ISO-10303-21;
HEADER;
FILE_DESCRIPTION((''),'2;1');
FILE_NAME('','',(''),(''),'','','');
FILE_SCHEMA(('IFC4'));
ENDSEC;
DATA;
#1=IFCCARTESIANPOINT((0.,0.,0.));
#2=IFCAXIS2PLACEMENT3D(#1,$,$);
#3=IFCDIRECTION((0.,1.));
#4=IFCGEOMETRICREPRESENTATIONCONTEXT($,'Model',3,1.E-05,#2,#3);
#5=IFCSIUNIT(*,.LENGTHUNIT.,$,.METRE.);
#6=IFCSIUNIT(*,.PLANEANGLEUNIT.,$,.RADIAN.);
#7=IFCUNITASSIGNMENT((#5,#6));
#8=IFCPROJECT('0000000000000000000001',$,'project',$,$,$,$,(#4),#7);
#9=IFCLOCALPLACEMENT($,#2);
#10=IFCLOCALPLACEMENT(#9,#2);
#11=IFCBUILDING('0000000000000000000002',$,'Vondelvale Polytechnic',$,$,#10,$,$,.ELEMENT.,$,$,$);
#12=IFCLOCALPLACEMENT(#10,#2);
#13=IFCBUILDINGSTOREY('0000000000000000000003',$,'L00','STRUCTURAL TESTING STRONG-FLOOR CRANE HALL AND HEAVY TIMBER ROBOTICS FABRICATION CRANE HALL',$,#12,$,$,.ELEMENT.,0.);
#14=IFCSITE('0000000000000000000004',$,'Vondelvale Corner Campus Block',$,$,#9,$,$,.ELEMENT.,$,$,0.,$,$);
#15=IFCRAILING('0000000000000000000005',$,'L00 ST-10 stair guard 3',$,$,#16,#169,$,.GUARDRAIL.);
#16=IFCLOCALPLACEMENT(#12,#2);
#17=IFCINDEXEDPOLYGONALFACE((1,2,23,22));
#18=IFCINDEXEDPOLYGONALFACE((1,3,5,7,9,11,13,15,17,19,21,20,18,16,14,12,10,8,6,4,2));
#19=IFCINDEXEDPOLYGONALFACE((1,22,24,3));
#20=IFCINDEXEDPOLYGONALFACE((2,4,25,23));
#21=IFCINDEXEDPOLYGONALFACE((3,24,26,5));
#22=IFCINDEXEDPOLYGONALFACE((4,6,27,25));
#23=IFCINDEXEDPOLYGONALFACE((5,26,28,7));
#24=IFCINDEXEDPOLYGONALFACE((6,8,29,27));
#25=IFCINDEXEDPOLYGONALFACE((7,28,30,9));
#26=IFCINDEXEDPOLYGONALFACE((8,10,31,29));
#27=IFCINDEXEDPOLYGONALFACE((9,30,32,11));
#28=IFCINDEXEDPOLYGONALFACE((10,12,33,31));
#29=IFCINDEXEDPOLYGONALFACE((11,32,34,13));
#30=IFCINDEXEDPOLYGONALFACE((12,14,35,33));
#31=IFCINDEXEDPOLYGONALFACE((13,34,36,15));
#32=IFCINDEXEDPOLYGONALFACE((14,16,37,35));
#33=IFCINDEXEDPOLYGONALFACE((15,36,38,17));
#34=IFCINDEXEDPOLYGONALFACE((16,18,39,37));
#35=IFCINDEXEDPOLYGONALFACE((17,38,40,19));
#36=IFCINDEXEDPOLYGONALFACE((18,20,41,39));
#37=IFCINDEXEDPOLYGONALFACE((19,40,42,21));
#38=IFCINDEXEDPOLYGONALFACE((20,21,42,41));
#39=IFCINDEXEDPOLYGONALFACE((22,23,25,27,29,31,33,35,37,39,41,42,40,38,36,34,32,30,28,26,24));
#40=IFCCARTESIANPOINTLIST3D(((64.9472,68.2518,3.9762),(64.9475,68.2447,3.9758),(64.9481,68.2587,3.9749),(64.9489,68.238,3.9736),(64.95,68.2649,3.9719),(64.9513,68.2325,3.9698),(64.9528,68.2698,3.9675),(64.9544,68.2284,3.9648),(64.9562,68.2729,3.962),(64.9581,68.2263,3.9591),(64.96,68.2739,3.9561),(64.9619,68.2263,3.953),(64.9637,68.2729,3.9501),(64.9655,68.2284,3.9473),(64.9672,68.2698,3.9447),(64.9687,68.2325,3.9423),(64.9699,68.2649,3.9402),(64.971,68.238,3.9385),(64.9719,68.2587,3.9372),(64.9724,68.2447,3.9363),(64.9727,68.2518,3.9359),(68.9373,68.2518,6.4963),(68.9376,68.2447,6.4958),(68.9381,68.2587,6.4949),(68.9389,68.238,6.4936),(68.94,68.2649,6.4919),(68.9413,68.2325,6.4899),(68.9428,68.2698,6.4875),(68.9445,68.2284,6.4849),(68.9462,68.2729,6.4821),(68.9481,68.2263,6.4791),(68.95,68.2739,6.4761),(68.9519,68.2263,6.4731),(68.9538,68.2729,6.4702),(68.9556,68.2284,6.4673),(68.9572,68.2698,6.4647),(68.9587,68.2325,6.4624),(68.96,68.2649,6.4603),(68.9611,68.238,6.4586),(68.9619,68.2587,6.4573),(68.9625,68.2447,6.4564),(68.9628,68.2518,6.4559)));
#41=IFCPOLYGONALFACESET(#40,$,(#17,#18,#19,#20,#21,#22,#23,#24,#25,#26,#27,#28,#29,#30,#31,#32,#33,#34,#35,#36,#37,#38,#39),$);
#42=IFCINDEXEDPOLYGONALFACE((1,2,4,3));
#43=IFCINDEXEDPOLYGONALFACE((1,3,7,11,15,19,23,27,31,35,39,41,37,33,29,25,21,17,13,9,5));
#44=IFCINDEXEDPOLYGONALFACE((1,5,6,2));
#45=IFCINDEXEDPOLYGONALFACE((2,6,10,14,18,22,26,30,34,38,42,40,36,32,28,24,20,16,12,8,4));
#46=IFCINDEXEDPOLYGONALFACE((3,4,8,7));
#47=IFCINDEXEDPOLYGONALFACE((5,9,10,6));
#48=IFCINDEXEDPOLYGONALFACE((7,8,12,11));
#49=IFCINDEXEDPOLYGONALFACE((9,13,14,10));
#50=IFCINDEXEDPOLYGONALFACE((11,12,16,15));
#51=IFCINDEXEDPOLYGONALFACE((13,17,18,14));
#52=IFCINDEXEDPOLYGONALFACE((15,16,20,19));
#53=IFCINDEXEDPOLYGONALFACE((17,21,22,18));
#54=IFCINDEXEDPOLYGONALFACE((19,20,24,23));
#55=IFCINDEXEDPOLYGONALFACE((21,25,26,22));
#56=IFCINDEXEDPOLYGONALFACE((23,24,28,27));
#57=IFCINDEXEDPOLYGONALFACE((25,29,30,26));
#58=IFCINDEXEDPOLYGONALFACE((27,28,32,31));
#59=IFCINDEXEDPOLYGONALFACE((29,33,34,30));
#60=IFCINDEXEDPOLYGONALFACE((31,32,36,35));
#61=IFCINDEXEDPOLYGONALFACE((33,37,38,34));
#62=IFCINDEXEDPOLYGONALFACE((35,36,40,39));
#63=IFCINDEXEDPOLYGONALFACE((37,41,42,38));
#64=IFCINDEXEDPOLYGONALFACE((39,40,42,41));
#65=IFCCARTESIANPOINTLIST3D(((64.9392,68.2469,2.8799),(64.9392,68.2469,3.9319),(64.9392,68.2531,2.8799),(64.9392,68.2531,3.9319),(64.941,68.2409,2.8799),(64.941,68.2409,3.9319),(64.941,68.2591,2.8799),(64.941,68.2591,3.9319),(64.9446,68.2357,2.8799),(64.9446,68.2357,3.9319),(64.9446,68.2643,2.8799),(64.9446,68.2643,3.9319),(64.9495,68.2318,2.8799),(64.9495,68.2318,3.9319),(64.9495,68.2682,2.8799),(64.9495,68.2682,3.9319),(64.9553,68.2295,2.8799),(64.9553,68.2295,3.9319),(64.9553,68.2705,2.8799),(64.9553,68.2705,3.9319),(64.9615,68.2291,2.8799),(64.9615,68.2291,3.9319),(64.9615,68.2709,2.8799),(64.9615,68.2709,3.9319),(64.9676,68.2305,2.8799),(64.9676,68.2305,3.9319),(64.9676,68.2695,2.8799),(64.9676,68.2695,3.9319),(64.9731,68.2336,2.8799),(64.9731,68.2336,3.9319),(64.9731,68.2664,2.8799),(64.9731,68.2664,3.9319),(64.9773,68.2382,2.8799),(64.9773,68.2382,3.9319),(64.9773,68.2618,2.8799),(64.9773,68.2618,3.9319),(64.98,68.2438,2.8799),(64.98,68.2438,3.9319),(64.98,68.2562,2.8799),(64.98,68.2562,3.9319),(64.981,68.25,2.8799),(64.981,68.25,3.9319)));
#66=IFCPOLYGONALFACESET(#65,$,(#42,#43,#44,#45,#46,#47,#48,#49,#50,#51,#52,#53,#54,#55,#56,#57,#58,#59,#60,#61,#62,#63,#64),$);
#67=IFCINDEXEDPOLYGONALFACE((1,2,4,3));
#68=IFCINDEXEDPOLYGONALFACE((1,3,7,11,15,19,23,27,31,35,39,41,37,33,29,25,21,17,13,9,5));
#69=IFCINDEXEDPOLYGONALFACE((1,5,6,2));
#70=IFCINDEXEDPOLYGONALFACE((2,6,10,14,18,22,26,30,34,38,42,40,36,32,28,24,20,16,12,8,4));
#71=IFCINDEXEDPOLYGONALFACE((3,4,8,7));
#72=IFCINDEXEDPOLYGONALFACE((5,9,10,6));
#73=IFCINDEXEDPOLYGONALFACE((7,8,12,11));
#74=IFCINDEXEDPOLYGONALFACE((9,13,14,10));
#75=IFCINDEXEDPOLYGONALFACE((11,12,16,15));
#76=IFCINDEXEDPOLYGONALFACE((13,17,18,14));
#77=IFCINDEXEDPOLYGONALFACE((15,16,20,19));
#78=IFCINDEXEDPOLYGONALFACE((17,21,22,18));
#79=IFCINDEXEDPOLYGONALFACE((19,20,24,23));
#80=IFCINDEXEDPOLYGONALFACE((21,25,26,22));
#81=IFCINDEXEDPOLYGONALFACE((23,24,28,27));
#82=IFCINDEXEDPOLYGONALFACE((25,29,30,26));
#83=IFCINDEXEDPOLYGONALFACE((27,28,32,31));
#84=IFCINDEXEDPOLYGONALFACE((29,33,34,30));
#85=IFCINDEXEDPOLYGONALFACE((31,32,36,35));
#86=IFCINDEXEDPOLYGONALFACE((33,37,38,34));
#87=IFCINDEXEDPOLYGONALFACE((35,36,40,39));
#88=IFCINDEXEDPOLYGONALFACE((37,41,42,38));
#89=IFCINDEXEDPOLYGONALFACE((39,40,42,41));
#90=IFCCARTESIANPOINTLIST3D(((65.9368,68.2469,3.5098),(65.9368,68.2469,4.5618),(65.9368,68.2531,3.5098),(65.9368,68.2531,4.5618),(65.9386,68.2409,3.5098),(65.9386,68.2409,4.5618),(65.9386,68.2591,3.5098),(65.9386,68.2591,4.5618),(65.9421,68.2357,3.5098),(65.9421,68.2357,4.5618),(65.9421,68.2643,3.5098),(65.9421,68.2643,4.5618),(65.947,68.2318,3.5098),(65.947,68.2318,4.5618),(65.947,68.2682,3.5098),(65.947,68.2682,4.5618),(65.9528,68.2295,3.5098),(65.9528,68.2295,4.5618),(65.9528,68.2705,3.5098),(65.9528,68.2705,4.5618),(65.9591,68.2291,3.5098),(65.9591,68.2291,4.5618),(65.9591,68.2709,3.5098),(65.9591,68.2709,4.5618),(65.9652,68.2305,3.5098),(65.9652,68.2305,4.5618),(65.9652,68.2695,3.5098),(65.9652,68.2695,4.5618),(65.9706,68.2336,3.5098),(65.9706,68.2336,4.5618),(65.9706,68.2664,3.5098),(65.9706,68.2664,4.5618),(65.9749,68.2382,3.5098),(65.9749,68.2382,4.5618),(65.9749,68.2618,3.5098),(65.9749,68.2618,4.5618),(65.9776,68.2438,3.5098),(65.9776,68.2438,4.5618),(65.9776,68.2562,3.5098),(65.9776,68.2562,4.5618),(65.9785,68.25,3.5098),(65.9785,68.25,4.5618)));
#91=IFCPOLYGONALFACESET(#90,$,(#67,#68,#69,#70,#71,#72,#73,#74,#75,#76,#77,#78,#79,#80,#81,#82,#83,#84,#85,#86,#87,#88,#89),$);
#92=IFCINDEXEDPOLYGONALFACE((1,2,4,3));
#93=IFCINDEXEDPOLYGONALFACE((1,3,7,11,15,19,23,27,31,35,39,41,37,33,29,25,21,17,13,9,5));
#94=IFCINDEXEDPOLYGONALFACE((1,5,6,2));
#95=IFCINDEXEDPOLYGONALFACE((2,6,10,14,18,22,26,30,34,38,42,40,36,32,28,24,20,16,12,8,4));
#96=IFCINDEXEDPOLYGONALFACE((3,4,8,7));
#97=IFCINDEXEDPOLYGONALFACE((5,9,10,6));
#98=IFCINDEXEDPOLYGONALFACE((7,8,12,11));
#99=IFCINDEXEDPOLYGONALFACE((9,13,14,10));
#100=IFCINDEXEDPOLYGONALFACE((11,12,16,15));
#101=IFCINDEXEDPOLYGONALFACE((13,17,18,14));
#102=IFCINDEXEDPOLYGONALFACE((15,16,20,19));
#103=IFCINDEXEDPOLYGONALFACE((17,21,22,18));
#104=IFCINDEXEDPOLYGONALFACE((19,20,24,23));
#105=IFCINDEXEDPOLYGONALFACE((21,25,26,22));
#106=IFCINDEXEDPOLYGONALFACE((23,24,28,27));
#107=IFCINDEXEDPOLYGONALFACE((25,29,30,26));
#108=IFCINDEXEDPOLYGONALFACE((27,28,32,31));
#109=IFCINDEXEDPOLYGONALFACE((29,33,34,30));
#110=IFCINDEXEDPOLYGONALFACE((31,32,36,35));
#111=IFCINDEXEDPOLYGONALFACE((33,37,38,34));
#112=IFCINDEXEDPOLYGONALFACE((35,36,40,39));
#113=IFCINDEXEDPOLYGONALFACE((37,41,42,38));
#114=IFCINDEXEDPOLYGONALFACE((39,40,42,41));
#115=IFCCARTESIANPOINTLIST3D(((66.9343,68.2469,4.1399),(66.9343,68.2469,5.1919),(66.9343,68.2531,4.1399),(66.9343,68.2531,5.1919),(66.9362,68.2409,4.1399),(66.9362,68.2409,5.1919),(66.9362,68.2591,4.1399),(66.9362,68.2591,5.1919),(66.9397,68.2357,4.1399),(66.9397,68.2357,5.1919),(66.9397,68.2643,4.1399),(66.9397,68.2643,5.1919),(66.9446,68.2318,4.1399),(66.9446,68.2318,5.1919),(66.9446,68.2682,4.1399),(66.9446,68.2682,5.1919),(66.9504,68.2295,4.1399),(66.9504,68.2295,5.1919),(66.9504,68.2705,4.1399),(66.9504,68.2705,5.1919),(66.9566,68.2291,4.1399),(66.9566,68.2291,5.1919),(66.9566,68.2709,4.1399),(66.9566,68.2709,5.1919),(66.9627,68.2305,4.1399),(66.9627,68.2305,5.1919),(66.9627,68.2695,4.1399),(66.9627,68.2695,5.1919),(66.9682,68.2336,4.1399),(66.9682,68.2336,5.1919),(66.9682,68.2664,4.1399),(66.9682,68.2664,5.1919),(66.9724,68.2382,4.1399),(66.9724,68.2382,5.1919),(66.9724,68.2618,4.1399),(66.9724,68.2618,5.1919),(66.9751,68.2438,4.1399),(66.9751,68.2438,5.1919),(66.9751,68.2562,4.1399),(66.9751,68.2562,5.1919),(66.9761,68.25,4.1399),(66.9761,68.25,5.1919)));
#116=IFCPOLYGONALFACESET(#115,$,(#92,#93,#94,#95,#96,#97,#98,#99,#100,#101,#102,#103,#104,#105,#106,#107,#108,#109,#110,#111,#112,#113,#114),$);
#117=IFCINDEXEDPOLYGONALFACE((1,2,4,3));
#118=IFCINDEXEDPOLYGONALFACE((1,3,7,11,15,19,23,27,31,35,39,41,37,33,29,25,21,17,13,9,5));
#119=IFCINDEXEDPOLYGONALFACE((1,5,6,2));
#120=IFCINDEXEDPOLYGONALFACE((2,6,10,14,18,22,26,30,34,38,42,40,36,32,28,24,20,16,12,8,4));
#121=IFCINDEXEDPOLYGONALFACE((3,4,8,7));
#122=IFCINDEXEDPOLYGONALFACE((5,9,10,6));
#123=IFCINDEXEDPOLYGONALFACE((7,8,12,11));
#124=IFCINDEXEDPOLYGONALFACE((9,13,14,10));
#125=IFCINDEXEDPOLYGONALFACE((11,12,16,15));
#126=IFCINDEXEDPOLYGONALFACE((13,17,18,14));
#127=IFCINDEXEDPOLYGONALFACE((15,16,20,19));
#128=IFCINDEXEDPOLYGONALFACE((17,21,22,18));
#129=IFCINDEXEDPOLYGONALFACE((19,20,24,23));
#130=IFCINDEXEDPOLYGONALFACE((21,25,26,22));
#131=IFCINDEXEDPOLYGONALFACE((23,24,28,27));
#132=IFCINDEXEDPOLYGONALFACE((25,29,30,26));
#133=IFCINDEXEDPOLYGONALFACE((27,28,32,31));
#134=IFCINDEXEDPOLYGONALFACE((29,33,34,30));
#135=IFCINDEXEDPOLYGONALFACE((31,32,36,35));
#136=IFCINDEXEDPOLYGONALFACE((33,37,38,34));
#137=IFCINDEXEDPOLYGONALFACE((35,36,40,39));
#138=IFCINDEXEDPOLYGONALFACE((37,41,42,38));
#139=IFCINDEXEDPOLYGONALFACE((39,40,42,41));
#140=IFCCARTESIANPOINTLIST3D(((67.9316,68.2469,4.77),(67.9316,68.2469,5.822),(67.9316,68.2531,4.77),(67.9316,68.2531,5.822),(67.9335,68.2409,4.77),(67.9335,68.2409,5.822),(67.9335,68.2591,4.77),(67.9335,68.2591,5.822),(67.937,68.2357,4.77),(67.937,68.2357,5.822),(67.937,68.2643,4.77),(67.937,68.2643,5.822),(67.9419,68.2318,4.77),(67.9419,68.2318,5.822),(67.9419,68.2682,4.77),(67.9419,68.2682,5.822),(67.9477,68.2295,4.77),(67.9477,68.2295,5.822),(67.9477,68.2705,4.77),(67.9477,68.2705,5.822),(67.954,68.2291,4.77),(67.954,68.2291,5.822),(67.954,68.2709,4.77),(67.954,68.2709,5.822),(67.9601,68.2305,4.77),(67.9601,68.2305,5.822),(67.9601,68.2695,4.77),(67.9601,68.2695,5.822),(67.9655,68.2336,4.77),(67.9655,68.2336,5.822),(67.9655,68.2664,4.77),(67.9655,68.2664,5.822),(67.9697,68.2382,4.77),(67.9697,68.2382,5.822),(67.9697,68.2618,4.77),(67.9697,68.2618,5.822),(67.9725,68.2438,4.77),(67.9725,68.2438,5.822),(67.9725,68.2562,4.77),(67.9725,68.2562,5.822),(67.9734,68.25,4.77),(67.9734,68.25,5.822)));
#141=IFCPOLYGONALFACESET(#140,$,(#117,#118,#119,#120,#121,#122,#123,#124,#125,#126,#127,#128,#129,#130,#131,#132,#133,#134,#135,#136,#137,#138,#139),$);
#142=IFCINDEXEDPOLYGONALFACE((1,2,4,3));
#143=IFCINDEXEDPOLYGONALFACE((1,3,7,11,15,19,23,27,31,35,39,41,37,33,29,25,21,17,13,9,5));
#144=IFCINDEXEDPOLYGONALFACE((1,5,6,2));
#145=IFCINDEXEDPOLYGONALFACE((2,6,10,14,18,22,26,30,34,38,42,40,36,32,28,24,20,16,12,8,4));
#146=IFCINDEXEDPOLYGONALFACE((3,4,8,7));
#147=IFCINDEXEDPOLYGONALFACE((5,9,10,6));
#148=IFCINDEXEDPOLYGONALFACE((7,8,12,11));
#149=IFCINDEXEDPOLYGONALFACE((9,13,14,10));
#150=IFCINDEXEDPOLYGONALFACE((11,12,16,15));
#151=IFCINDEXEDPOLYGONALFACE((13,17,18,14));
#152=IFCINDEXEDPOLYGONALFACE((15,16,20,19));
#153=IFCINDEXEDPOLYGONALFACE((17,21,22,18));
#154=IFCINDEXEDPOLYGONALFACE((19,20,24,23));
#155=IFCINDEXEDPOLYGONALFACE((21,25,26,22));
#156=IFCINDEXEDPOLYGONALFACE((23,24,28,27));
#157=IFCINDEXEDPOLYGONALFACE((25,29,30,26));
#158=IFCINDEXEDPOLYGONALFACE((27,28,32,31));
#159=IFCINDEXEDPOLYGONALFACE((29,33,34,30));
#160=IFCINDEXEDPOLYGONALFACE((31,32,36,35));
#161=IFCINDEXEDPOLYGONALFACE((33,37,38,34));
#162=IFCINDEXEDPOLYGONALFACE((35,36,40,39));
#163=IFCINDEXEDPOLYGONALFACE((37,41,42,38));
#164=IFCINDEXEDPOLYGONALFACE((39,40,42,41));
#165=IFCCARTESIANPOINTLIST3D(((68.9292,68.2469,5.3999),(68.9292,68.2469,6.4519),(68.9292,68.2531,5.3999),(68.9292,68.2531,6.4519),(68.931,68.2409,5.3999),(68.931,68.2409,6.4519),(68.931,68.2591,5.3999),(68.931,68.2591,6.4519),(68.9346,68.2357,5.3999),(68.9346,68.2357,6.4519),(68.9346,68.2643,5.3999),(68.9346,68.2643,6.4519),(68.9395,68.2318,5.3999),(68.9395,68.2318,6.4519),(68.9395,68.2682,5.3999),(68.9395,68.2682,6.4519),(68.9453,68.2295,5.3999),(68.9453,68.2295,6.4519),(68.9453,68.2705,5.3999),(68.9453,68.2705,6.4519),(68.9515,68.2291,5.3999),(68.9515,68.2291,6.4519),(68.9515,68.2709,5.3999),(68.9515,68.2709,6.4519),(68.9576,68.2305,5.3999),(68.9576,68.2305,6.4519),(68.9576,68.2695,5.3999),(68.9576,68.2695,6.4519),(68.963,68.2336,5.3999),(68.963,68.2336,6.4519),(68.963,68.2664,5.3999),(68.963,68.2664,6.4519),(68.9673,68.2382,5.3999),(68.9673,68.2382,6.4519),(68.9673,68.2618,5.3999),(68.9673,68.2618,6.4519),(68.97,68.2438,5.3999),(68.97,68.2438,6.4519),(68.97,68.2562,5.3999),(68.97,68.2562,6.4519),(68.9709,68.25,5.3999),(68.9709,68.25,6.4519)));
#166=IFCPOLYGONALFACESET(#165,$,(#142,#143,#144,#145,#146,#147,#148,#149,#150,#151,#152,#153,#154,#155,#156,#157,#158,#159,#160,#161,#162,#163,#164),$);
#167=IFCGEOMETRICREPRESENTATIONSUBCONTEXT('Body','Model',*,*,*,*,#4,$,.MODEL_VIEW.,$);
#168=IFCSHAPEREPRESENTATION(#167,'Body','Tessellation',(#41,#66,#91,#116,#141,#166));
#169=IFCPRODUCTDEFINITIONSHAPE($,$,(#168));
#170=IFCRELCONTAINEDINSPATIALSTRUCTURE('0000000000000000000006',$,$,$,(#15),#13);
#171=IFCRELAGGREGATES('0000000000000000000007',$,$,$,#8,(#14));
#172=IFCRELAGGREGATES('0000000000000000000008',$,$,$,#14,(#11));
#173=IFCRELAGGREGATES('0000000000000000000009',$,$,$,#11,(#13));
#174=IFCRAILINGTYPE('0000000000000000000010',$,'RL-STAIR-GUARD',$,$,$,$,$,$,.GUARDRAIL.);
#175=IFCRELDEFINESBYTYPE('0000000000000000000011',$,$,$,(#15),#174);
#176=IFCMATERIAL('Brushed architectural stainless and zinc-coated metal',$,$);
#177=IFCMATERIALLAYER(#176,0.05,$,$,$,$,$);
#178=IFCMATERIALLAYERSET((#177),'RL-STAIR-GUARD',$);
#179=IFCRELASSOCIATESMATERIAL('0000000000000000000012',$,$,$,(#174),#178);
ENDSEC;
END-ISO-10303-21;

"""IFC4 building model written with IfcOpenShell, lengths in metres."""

from ifc_helpers import new_model, si_unit, direction, frame, origin, origin_2d, place, context, subcontext, project, spatial, circle, extrude, material, layer, layer_set, type_object, element, save


model = new_model("IFC4")

# Units and contexts
model_context = context("Model", 3, precision=1e-05, world=origin(), true_north=direction((0.0, 1.0)))
body_context = subcontext(model_context, "Body", "Model", "MODEL_VIEW")
ifc_project = project(units=[si_unit("LENGTHUNIT", "METRE"), si_unit("PLANEANGLEUNIT", "RADIAN")], contexts=[model_context])

# Site, building, storey
site_placement = place(None, origin())
site = spatial("IfcSite", under=ifc_project, at=site_placement, Name="Vondelvale Corner Campus Block", CompositionType="ELEMENT", RefElevation=0.0)
building_placement = place(site_placement, origin())
building = spatial("IfcBuilding", under=site, at=building_placement, Name="Vondelvale Polytechnic", CompositionType="ELEMENT")
storey_placement = place(building_placement, origin())
storey = spatial("IfcBuildingStorey", under=building, at=storey_placement, Name="L00", Description="STRUCTURAL TESTING STRONG-FLOOR CRANE HALL AND HEAVY TIMBER ROBOTICS FABRICATION CRANE HALL", CompositionType="ELEMENT", Elevation=0.0)

# Shared definitions
ifc_material_1 = material(Name="Brushed architectural stainless and zinc-coated metal")

# Railing
ifc_layer_1 = layer(ifc_material_1, 0.05)
ifc_layer_set_1 = layer_set([ifc_layer_1], Name="RL-STAIR-GUARD")
railing_type_1 = type_object("IfcRailingType", Name="RL-STAIR-GUARD", PredefinedType="GUARDRAIL", material=ifc_layer_set_1)
railing_1_placement = place(storey_placement, frame((64.96, 68.25, 2.8799)))
element("IfcRailing", 1, at=railing_1_placement, inside=storey, type_object=railing_type_1, Name="L00 ST-10 stair guard 3", PredefinedType="GUARDRAIL", context=body_context, shape_type="SweptSolid", body=[
    extrude(circle(Radius=0.0239, at=origin_2d()), frame((0.0, 0.0, 1.0762), z_axis=(0.845486, 0.0, 0.533997), x_axis=(0.0, 1.0, 0.0)), (0.0, 0.0, 1.0), 4.7192),
    extrude(circle(Radius=0.021, at=origin_2d()), origin(), (0.0, 0.0, 1.0), 1.052),
    extrude(circle(Radius=0.021, at=origin_2d()), frame((0.9976, 0.0, 0.6299)), (0.0, 0.0, 1.0), 1.052),
    extrude(circle(Radius=0.021, at=origin_2d()), frame((1.9951, 0.0, 1.26)), (0.0, 0.0, 1.0), 1.052),
    extrude(circle(Radius=0.021, at=origin_2d()), frame((2.9924, 0.0, 1.8901)), (0.0, 0.0, 1.0), 1.052),
    extrude(circle(Radius=0.021, at=origin_2d()), frame((3.99, 0.0, 2.52)), (0.0, 0.0, 1.0), 1.052),
])

save(model, "model.ifc")
